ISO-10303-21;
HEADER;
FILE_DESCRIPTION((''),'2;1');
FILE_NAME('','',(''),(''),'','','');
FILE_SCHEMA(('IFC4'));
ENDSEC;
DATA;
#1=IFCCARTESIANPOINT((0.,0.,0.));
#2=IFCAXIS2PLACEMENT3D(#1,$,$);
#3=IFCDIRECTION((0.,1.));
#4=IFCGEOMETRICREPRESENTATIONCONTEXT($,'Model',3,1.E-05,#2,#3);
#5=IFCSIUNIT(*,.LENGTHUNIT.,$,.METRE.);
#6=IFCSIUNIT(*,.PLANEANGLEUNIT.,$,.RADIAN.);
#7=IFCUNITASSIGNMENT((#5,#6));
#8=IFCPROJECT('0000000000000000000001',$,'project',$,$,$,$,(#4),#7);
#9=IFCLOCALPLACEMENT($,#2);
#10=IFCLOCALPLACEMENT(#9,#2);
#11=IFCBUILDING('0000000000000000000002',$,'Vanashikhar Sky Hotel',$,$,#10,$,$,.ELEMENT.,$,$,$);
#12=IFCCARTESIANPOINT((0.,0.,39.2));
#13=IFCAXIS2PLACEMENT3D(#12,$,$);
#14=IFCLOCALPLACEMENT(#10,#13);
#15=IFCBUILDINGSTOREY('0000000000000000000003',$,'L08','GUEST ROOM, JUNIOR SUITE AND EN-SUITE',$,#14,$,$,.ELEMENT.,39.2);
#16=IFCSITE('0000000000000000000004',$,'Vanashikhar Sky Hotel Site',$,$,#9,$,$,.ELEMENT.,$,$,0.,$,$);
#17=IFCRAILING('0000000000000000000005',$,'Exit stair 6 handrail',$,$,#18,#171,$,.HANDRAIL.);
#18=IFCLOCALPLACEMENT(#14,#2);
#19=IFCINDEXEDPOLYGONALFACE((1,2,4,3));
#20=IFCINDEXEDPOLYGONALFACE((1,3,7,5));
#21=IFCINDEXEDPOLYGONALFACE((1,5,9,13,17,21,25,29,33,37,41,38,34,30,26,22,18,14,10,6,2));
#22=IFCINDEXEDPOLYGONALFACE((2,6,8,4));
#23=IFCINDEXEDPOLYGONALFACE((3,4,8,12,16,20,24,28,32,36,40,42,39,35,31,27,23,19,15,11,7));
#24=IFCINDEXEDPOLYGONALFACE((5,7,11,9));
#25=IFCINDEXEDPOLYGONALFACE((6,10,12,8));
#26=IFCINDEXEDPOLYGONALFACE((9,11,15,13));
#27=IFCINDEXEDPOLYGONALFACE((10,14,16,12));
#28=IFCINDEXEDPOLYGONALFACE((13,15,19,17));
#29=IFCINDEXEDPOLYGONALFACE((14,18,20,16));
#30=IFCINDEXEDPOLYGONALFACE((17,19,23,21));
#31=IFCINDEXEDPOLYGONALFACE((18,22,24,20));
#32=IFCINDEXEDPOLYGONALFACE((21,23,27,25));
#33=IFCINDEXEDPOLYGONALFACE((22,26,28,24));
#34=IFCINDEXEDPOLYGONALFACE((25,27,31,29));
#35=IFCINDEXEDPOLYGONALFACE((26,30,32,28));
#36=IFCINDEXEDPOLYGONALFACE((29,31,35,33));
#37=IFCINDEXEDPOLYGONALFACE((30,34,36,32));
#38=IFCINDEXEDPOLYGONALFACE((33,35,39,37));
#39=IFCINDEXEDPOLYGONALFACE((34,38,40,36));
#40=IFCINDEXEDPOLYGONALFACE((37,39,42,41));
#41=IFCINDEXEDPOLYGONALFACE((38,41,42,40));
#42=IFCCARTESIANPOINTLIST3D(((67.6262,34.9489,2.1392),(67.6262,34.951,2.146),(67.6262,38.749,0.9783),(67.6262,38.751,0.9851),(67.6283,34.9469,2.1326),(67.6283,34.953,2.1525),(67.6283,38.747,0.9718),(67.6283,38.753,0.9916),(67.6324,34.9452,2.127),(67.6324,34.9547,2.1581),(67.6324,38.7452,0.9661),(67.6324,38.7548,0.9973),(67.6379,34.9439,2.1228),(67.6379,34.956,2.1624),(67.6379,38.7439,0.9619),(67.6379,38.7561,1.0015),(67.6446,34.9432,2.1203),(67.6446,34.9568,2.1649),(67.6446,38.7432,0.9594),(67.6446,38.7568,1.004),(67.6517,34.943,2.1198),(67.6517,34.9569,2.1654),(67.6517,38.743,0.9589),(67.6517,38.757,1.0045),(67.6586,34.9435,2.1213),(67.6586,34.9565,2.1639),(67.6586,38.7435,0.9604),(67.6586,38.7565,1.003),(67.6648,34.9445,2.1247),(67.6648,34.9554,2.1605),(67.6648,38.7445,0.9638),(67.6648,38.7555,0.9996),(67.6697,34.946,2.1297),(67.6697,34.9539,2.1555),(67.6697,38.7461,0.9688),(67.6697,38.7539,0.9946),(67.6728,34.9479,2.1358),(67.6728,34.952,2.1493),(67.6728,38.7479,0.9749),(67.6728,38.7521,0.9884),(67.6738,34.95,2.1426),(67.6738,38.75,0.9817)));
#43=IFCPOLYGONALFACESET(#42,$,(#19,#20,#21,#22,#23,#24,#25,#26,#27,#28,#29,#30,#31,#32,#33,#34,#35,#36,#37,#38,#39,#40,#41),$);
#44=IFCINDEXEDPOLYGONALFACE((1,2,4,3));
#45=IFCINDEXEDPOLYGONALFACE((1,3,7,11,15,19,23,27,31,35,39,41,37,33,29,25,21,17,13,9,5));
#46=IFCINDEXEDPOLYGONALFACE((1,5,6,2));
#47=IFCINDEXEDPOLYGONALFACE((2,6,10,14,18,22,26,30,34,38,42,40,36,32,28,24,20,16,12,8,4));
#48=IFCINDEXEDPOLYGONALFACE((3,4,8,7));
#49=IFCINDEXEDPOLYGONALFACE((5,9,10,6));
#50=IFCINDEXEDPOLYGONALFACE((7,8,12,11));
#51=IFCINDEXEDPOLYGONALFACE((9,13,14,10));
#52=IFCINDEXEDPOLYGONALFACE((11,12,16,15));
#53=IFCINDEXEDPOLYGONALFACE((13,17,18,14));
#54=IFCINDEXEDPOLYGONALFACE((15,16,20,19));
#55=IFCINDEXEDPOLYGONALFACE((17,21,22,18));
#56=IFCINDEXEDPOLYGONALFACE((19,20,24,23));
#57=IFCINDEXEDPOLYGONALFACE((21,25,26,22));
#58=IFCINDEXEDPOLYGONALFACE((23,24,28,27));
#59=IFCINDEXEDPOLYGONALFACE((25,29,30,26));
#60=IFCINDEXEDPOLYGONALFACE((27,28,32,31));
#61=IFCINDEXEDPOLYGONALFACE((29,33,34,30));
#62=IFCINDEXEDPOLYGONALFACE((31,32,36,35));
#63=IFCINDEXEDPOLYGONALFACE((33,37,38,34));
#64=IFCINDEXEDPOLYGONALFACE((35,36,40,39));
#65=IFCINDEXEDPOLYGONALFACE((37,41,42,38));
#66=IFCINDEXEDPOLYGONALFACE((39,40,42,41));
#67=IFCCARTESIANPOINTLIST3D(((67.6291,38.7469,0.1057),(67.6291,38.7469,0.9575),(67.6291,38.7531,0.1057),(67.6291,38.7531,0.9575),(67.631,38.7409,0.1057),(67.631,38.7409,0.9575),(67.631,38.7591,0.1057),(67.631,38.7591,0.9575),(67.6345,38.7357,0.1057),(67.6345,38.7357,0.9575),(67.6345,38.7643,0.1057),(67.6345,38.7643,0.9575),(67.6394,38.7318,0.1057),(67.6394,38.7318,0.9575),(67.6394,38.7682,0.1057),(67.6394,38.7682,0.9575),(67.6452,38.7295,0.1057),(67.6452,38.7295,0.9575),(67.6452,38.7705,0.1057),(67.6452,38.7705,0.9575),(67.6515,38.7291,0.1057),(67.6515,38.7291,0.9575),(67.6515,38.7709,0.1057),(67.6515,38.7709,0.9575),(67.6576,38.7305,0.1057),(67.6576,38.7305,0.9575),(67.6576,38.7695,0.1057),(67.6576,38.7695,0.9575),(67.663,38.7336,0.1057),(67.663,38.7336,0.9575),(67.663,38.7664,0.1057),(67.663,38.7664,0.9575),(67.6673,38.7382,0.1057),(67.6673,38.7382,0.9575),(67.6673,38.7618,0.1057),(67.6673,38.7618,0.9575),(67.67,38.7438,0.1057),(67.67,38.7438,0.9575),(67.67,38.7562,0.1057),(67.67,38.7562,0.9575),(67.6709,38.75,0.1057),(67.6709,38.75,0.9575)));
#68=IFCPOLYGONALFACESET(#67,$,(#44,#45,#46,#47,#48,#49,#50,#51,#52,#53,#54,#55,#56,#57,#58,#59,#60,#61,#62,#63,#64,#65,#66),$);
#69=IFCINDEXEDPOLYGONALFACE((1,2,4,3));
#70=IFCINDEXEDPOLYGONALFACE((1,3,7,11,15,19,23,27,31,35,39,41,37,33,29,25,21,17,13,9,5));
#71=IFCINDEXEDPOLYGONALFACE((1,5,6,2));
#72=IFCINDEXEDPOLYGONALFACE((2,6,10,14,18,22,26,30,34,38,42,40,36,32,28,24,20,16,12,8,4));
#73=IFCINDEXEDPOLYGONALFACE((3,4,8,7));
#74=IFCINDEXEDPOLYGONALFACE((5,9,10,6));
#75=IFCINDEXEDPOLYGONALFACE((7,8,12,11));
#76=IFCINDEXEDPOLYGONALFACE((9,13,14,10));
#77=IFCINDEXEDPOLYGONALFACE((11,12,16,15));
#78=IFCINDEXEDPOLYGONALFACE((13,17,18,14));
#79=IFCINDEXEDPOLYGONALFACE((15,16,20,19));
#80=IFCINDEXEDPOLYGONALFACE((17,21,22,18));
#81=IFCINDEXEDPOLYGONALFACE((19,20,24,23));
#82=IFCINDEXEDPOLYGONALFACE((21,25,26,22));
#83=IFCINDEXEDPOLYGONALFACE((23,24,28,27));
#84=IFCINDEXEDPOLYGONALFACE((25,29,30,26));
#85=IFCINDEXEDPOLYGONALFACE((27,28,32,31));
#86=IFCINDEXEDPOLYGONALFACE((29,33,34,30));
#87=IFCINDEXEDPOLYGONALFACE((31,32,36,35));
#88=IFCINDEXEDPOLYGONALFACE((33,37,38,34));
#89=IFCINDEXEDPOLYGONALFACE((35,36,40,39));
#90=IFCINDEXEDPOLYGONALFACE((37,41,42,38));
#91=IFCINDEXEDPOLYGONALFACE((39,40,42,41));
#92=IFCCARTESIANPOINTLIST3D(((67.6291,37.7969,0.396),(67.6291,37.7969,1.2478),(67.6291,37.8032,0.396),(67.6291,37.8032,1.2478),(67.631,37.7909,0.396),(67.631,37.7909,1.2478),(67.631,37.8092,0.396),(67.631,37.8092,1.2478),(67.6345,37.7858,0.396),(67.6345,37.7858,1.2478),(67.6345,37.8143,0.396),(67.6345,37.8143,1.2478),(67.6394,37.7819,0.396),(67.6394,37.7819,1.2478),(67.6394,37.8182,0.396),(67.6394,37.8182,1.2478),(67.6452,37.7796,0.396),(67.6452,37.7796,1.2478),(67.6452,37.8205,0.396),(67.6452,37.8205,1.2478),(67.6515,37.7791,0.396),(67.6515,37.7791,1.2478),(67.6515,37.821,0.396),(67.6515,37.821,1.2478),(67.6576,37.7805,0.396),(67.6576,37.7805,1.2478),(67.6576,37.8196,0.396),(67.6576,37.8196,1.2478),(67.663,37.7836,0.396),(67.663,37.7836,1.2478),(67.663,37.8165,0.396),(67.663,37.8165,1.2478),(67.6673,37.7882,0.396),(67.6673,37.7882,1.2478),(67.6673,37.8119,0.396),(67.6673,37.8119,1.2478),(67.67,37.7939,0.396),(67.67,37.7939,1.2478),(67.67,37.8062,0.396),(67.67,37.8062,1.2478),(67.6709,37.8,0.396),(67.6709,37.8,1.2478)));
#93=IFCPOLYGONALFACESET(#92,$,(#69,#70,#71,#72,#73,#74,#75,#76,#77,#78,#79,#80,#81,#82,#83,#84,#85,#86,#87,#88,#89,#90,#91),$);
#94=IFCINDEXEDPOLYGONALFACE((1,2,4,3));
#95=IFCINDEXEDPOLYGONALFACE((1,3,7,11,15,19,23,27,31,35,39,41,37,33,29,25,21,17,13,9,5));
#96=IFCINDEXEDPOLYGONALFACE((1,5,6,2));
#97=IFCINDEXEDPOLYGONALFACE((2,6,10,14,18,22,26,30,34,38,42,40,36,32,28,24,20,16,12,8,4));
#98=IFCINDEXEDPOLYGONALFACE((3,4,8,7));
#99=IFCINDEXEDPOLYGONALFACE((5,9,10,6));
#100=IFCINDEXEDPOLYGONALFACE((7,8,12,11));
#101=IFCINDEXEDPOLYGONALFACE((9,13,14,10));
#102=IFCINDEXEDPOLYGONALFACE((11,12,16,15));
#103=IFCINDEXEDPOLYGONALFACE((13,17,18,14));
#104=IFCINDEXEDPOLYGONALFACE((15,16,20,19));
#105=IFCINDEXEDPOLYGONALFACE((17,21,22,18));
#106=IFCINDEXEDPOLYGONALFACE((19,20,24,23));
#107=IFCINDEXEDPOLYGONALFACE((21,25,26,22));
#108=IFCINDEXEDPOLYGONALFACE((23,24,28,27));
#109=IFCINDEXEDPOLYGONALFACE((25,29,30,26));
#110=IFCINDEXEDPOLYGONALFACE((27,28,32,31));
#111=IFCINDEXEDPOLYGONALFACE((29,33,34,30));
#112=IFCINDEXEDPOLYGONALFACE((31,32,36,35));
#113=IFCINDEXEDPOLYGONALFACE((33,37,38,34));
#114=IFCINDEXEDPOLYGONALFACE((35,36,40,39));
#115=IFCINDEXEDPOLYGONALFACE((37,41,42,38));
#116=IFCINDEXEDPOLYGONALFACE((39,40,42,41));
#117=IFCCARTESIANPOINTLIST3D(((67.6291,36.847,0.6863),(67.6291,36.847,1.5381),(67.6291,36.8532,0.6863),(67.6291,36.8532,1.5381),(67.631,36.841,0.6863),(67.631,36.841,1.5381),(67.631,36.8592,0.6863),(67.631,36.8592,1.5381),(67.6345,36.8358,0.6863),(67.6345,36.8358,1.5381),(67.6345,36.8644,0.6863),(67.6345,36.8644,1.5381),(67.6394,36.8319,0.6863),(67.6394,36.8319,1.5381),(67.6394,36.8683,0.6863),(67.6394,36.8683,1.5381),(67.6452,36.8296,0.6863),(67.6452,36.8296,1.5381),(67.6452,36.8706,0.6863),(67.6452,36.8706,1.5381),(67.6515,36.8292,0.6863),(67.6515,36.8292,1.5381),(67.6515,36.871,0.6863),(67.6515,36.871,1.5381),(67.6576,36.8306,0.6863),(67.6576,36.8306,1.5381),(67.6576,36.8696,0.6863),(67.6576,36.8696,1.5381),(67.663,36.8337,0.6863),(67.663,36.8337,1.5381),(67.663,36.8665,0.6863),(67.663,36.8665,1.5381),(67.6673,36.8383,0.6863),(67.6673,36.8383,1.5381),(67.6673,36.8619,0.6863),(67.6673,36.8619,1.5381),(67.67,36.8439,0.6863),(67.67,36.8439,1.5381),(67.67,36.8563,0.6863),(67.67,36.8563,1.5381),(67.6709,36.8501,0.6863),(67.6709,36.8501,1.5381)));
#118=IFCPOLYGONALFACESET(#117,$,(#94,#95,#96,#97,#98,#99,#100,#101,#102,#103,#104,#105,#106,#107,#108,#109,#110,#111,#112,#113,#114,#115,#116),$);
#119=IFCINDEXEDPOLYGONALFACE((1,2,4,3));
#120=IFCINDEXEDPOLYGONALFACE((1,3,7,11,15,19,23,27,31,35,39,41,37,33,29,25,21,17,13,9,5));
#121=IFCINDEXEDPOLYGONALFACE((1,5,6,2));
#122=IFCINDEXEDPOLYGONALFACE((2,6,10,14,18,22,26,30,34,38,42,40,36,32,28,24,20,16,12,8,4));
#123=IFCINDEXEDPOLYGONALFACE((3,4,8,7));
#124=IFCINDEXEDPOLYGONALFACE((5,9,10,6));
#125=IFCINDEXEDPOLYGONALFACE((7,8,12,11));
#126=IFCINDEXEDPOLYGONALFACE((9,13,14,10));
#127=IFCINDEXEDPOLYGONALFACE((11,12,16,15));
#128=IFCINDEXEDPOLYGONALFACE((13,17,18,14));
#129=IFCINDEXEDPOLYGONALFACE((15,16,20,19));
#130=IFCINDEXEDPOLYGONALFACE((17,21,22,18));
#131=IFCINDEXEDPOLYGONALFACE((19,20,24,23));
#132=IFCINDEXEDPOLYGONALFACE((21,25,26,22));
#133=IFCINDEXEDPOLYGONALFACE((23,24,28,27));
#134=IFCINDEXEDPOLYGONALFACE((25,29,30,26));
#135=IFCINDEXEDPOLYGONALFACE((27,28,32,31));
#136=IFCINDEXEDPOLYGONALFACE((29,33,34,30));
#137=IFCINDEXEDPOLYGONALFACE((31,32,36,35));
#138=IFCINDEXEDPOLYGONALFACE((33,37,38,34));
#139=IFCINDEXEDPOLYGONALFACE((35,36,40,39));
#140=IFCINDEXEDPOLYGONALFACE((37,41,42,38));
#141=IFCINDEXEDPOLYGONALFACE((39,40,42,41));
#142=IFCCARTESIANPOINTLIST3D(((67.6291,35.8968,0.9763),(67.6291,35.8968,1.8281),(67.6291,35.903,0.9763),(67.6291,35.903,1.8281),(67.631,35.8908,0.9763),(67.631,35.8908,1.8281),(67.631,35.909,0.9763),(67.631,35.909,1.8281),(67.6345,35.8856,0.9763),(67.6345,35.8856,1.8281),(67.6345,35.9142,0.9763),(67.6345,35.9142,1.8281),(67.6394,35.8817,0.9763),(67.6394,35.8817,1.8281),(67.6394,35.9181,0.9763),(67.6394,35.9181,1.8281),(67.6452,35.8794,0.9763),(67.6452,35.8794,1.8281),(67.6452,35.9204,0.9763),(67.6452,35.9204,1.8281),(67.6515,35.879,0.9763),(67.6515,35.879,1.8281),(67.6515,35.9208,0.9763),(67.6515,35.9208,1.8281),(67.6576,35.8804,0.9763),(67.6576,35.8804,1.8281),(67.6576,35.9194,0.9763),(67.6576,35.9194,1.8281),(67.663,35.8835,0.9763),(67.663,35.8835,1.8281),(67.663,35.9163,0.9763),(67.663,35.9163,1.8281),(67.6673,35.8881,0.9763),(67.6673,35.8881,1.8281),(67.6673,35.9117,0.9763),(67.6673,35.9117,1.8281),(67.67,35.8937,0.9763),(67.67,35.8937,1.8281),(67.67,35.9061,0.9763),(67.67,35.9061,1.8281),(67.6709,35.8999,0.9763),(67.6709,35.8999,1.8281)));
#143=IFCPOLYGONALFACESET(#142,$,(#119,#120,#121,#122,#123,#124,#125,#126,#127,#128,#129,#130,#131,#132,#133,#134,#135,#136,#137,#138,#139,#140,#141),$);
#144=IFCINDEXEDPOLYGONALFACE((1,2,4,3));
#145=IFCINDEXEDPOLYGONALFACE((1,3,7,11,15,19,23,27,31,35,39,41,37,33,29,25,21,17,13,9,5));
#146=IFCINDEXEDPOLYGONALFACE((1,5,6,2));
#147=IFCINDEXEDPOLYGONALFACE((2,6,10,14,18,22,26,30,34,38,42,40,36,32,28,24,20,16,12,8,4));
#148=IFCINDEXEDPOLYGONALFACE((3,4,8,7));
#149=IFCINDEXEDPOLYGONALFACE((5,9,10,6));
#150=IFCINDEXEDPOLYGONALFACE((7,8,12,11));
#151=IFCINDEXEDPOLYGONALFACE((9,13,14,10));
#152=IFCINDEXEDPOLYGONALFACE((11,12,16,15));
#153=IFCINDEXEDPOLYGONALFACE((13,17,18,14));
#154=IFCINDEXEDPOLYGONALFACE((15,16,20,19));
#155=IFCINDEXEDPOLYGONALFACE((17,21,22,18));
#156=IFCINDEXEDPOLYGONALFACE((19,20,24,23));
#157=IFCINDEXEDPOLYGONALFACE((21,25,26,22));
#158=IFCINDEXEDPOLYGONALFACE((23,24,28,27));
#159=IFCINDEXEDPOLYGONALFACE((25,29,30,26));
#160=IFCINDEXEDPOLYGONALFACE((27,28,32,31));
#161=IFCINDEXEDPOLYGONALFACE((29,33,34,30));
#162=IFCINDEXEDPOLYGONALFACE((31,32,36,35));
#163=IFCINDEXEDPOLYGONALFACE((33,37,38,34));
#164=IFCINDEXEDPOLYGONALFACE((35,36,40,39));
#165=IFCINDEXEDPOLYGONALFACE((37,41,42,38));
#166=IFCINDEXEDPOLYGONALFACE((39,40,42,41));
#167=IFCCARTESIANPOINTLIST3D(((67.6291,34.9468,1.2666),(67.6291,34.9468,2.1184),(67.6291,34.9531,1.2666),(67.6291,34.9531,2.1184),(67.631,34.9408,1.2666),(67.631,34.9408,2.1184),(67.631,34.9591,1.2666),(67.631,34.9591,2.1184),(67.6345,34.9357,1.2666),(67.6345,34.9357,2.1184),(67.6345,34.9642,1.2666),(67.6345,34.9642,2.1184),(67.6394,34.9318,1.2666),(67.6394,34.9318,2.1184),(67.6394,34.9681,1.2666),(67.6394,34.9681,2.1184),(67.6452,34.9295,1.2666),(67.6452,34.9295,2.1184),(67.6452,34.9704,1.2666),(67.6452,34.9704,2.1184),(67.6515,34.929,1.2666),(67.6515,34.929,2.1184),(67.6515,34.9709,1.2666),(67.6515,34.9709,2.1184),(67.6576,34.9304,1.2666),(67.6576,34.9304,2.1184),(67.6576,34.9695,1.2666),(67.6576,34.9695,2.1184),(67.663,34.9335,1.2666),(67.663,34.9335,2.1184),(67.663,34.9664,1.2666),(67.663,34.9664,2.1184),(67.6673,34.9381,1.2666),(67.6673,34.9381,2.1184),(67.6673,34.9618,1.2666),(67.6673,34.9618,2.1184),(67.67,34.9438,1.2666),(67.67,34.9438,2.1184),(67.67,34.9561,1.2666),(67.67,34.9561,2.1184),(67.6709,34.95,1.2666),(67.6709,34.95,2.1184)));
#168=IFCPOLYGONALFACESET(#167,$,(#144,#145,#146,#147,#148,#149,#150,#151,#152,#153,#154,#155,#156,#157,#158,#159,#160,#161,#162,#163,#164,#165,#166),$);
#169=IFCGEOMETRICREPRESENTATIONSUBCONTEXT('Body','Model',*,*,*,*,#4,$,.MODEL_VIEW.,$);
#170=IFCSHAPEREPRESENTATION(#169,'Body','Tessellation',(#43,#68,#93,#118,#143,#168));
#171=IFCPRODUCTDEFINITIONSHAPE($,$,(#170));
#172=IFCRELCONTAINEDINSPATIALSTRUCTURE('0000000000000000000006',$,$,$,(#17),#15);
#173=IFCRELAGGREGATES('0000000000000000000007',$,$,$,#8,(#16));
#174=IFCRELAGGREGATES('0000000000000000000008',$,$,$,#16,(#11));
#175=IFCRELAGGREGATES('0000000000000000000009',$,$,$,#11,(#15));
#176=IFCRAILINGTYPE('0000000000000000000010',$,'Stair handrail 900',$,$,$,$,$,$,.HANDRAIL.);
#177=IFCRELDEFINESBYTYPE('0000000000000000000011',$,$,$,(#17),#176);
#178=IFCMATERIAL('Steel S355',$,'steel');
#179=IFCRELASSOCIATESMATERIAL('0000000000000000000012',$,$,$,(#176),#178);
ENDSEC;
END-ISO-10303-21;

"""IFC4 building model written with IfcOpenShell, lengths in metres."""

from ifc_helpers import new_model, si_unit, direction, frame, origin, origin_2d, place, context, subcontext, project, spatial, circle, extrude, source, transform, mapped, material, type_object, element, save


model = new_model("IFC4")

# Units and contexts
model_context = context("Model", 3, precision=1e-05, world=origin(), true_north=direction((0.0, 1.0)))
body_context = subcontext(model_context, "Body", "Model", "MODEL_VIEW")
ifc_project = project(units=[si_unit("LENGTHUNIT", "METRE"), si_unit("PLANEANGLEUNIT", "RADIAN")], contexts=[model_context])

# Site, building, storey
site_placement = place(None, origin())
site = spatial("IfcSite", under=ifc_project, at=site_placement, Name="Vanashikhar Sky Hotel Site", CompositionType="ELEMENT", RefElevation=0.0)
building_placement = place(site_placement, origin())
building = spatial("IfcBuilding", under=site, at=building_placement, Name="Vanashikhar Sky Hotel", CompositionType="ELEMENT")
storey_placement = place(building_placement, frame((0.0, 0.0, 39.2)))
storey = spatial("IfcBuildingStorey", under=building, at=storey_placement, Name="L08", Description="GUEST ROOM, JUNIOR SUITE AND EN-SUITE", CompositionType="ELEMENT", Elevation=39.2)

# Railing
ifc_material_1 = material(Name="Steel S355", Category="steel")
railing_type_1 = type_object("IfcRailingType", Name="Stair handrail 900", PredefinedType="HANDRAIL", material=ifc_material_1)
shared_shape_1 = source(origin(), body_context, "Body", "SweptSolid", [
    extrude(circle(Radius=0.0239, at=origin_2d()), frame((0.0, 0.0, 0.876), z_axis=(0.0, -0.956368, 0.292164), x_axis=(1.0, 0.0, 0.0)), (0.0, 0.0, 1.0), 3.9734),
    extrude(circle(Radius=0.021, at=origin_2d()), origin(), (0.0, 0.0, 1.0), 0.8518),
    extrude(circle(Radius=0.021, at=origin_2d()), frame((0.0, -0.95, 0.2903)), (0.0, 0.0, 1.0), 0.8518),
    extrude(circle(Radius=0.021, at=origin_2d()), frame((0.0, -1.8999, 0.5806)), (0.0, 0.0, 1.0), 0.8518),
    extrude(circle(Radius=0.021, at=origin_2d()), frame((0.0, -2.8501, 0.8706)), (0.0, 0.0, 1.0), 0.8518),
    extrude(circle(Radius=0.021, at=origin_2d()), frame((0.0, -3.8, 1.1609)), (0.0, 0.0, 1.0), 0.8518),
])
railing_1_placement = place(storey_placement, frame((67.6499, 38.75, 0.1057)))
element("IfcRailing", 1, at=railing_1_placement, inside=storey, type_object=railing_type_1, Name="Exit stair 6 handrail", PredefinedType="HANDRAIL", context=body_context, shape_type="MappedRepresentation", body=[
    mapped(shared_shape_1, transform((0.0, 0.0, 0.0), scale=1.0)),
])

save(model, "model.ifc")
